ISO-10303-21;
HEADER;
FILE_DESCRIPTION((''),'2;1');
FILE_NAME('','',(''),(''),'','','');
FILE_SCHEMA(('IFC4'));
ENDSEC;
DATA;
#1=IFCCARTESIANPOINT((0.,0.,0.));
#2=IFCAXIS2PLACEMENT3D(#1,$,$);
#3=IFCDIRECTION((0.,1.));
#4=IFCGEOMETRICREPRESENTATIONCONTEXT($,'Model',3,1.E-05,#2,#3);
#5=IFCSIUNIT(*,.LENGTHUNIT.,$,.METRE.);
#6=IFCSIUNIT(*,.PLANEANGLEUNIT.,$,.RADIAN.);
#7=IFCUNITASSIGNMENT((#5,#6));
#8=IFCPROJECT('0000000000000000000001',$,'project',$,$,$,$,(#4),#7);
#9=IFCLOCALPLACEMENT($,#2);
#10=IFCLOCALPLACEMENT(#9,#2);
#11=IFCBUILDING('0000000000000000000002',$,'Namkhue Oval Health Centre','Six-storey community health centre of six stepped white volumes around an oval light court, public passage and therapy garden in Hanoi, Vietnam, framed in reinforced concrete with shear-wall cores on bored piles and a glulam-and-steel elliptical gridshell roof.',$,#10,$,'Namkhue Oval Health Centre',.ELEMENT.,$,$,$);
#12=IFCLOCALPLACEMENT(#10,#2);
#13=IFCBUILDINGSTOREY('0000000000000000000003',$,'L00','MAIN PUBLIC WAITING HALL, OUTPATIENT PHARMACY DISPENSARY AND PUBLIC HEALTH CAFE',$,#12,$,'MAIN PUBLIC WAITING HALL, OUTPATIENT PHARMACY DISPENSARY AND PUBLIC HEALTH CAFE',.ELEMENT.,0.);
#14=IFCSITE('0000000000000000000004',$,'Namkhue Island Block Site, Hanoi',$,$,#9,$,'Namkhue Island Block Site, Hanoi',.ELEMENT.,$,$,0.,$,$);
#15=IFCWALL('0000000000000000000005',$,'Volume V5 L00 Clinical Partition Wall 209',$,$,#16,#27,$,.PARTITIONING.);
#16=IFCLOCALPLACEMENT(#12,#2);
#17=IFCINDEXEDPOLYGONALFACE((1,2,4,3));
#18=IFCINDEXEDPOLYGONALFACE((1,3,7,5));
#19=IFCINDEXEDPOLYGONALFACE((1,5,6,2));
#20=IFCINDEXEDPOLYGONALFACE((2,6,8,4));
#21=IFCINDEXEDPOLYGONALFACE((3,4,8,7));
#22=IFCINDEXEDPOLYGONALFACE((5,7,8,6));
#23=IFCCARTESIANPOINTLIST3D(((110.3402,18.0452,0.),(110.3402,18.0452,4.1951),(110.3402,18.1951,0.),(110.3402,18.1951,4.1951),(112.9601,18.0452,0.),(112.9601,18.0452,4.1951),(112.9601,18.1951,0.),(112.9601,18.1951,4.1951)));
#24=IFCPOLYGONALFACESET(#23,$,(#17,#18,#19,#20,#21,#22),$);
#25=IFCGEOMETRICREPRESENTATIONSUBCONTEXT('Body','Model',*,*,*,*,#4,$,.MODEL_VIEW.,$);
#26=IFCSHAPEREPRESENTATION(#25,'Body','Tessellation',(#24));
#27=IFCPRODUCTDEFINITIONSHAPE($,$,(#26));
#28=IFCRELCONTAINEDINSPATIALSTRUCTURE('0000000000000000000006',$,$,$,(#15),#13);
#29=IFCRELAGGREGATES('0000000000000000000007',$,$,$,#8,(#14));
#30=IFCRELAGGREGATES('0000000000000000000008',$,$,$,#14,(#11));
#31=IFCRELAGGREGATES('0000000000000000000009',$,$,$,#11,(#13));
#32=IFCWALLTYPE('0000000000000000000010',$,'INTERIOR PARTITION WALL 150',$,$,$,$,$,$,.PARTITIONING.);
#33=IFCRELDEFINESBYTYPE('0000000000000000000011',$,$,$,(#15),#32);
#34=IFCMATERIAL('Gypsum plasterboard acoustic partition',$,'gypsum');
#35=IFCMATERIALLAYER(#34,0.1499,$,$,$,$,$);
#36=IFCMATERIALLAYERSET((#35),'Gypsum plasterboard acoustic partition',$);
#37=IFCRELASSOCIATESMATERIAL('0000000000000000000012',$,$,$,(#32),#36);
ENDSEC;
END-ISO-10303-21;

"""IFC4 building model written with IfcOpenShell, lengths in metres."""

from ifc_helpers import new_model, si_unit, direction, frame, frame_2d, origin, place, context, subcontext, project, spatial, rectangle, extrude, material, layer, layer_set, type_object, element, save


model = new_model("IFC4")

# Units and contexts
model_context = context("Model", 3, precision=1e-05, world=origin(), true_north=direction((0.0, 1.0)))
body_context = subcontext(model_context, "Body", "Model", "MODEL_VIEW")
ifc_project = project(units=[si_unit("LENGTHUNIT", "METRE"), si_unit("PLANEANGLEUNIT", "RADIAN")], contexts=[model_context])

# Site, building, storey
site_placement = place(None, origin())
site = spatial("IfcSite", under=ifc_project, at=site_placement, Name="Namkhue Island Block Site, Hanoi", LongName="Namkhue Island Block Site, Hanoi", CompositionType="ELEMENT", RefElevation=0.0)
building_placement = place(site_placement, origin())
building = spatial("IfcBuilding", under=site, at=building_placement, Name="Namkhue Oval Health Centre", Description="Six-storey community health centre of six stepped white volumes around an oval light court, public passage and therapy garden in Hanoi, Vietnam, framed in reinforced concrete with shear-wall cores on bored piles and a glulam-and-steel elliptical gridshell roof.", LongName="Namkhue Oval Health Centre", CompositionType="ELEMENT")
storey_placement = place(building_placement, origin())
storey = spatial("IfcBuildingStorey", under=building, at=storey_placement, Name="L00", Description="MAIN PUBLIC WAITING HALL, OUTPATIENT PHARMACY DISPENSARY AND PUBLIC HEALTH CAFE", LongName="MAIN PUBLIC WAITING HALL, OUTPATIENT PHARMACY DISPENSARY AND PUBLIC HEALTH CAFE", CompositionType="ELEMENT", Elevation=0.0)

# Wall
ifc_material_1 = material(Name="Gypsum plasterboard acoustic partition", Category="gypsum")
ifc_layer_1 = layer(ifc_material_1, 0.1499)
ifc_layer_set_1 = layer_set([ifc_layer_1], Name="Gypsum plasterboard acoustic partition")
wall_type_1 = type_object("IfcWallType", Name="INTERIOR PARTITION WALL 150", PredefinedType="PARTITIONING", material=ifc_layer_set_1)
wall_1_placement = place(storey_placement, frame((110.3401, 18.1201, 0.0), z_axis=(0.0, 0.0, 1.0), x_axis=(1.0, 0.0, 0.0)))
element("IfcWall", 1, at=wall_1_placement, inside=storey, type_object=wall_type_1, Name="Volume V5 L00 Clinical Partition Wall 209", PredefinedType="PARTITIONING", context=body_context, shape_type="SweptSolid", body=[
    extrude(rectangle(XDim=2.6199, YDim=0.1499, at=frame_2d((1.3101, 0.0))), origin(), (0.0, 0.0, 1.0), 4.1951),
])

save(model, "model.ifc")
